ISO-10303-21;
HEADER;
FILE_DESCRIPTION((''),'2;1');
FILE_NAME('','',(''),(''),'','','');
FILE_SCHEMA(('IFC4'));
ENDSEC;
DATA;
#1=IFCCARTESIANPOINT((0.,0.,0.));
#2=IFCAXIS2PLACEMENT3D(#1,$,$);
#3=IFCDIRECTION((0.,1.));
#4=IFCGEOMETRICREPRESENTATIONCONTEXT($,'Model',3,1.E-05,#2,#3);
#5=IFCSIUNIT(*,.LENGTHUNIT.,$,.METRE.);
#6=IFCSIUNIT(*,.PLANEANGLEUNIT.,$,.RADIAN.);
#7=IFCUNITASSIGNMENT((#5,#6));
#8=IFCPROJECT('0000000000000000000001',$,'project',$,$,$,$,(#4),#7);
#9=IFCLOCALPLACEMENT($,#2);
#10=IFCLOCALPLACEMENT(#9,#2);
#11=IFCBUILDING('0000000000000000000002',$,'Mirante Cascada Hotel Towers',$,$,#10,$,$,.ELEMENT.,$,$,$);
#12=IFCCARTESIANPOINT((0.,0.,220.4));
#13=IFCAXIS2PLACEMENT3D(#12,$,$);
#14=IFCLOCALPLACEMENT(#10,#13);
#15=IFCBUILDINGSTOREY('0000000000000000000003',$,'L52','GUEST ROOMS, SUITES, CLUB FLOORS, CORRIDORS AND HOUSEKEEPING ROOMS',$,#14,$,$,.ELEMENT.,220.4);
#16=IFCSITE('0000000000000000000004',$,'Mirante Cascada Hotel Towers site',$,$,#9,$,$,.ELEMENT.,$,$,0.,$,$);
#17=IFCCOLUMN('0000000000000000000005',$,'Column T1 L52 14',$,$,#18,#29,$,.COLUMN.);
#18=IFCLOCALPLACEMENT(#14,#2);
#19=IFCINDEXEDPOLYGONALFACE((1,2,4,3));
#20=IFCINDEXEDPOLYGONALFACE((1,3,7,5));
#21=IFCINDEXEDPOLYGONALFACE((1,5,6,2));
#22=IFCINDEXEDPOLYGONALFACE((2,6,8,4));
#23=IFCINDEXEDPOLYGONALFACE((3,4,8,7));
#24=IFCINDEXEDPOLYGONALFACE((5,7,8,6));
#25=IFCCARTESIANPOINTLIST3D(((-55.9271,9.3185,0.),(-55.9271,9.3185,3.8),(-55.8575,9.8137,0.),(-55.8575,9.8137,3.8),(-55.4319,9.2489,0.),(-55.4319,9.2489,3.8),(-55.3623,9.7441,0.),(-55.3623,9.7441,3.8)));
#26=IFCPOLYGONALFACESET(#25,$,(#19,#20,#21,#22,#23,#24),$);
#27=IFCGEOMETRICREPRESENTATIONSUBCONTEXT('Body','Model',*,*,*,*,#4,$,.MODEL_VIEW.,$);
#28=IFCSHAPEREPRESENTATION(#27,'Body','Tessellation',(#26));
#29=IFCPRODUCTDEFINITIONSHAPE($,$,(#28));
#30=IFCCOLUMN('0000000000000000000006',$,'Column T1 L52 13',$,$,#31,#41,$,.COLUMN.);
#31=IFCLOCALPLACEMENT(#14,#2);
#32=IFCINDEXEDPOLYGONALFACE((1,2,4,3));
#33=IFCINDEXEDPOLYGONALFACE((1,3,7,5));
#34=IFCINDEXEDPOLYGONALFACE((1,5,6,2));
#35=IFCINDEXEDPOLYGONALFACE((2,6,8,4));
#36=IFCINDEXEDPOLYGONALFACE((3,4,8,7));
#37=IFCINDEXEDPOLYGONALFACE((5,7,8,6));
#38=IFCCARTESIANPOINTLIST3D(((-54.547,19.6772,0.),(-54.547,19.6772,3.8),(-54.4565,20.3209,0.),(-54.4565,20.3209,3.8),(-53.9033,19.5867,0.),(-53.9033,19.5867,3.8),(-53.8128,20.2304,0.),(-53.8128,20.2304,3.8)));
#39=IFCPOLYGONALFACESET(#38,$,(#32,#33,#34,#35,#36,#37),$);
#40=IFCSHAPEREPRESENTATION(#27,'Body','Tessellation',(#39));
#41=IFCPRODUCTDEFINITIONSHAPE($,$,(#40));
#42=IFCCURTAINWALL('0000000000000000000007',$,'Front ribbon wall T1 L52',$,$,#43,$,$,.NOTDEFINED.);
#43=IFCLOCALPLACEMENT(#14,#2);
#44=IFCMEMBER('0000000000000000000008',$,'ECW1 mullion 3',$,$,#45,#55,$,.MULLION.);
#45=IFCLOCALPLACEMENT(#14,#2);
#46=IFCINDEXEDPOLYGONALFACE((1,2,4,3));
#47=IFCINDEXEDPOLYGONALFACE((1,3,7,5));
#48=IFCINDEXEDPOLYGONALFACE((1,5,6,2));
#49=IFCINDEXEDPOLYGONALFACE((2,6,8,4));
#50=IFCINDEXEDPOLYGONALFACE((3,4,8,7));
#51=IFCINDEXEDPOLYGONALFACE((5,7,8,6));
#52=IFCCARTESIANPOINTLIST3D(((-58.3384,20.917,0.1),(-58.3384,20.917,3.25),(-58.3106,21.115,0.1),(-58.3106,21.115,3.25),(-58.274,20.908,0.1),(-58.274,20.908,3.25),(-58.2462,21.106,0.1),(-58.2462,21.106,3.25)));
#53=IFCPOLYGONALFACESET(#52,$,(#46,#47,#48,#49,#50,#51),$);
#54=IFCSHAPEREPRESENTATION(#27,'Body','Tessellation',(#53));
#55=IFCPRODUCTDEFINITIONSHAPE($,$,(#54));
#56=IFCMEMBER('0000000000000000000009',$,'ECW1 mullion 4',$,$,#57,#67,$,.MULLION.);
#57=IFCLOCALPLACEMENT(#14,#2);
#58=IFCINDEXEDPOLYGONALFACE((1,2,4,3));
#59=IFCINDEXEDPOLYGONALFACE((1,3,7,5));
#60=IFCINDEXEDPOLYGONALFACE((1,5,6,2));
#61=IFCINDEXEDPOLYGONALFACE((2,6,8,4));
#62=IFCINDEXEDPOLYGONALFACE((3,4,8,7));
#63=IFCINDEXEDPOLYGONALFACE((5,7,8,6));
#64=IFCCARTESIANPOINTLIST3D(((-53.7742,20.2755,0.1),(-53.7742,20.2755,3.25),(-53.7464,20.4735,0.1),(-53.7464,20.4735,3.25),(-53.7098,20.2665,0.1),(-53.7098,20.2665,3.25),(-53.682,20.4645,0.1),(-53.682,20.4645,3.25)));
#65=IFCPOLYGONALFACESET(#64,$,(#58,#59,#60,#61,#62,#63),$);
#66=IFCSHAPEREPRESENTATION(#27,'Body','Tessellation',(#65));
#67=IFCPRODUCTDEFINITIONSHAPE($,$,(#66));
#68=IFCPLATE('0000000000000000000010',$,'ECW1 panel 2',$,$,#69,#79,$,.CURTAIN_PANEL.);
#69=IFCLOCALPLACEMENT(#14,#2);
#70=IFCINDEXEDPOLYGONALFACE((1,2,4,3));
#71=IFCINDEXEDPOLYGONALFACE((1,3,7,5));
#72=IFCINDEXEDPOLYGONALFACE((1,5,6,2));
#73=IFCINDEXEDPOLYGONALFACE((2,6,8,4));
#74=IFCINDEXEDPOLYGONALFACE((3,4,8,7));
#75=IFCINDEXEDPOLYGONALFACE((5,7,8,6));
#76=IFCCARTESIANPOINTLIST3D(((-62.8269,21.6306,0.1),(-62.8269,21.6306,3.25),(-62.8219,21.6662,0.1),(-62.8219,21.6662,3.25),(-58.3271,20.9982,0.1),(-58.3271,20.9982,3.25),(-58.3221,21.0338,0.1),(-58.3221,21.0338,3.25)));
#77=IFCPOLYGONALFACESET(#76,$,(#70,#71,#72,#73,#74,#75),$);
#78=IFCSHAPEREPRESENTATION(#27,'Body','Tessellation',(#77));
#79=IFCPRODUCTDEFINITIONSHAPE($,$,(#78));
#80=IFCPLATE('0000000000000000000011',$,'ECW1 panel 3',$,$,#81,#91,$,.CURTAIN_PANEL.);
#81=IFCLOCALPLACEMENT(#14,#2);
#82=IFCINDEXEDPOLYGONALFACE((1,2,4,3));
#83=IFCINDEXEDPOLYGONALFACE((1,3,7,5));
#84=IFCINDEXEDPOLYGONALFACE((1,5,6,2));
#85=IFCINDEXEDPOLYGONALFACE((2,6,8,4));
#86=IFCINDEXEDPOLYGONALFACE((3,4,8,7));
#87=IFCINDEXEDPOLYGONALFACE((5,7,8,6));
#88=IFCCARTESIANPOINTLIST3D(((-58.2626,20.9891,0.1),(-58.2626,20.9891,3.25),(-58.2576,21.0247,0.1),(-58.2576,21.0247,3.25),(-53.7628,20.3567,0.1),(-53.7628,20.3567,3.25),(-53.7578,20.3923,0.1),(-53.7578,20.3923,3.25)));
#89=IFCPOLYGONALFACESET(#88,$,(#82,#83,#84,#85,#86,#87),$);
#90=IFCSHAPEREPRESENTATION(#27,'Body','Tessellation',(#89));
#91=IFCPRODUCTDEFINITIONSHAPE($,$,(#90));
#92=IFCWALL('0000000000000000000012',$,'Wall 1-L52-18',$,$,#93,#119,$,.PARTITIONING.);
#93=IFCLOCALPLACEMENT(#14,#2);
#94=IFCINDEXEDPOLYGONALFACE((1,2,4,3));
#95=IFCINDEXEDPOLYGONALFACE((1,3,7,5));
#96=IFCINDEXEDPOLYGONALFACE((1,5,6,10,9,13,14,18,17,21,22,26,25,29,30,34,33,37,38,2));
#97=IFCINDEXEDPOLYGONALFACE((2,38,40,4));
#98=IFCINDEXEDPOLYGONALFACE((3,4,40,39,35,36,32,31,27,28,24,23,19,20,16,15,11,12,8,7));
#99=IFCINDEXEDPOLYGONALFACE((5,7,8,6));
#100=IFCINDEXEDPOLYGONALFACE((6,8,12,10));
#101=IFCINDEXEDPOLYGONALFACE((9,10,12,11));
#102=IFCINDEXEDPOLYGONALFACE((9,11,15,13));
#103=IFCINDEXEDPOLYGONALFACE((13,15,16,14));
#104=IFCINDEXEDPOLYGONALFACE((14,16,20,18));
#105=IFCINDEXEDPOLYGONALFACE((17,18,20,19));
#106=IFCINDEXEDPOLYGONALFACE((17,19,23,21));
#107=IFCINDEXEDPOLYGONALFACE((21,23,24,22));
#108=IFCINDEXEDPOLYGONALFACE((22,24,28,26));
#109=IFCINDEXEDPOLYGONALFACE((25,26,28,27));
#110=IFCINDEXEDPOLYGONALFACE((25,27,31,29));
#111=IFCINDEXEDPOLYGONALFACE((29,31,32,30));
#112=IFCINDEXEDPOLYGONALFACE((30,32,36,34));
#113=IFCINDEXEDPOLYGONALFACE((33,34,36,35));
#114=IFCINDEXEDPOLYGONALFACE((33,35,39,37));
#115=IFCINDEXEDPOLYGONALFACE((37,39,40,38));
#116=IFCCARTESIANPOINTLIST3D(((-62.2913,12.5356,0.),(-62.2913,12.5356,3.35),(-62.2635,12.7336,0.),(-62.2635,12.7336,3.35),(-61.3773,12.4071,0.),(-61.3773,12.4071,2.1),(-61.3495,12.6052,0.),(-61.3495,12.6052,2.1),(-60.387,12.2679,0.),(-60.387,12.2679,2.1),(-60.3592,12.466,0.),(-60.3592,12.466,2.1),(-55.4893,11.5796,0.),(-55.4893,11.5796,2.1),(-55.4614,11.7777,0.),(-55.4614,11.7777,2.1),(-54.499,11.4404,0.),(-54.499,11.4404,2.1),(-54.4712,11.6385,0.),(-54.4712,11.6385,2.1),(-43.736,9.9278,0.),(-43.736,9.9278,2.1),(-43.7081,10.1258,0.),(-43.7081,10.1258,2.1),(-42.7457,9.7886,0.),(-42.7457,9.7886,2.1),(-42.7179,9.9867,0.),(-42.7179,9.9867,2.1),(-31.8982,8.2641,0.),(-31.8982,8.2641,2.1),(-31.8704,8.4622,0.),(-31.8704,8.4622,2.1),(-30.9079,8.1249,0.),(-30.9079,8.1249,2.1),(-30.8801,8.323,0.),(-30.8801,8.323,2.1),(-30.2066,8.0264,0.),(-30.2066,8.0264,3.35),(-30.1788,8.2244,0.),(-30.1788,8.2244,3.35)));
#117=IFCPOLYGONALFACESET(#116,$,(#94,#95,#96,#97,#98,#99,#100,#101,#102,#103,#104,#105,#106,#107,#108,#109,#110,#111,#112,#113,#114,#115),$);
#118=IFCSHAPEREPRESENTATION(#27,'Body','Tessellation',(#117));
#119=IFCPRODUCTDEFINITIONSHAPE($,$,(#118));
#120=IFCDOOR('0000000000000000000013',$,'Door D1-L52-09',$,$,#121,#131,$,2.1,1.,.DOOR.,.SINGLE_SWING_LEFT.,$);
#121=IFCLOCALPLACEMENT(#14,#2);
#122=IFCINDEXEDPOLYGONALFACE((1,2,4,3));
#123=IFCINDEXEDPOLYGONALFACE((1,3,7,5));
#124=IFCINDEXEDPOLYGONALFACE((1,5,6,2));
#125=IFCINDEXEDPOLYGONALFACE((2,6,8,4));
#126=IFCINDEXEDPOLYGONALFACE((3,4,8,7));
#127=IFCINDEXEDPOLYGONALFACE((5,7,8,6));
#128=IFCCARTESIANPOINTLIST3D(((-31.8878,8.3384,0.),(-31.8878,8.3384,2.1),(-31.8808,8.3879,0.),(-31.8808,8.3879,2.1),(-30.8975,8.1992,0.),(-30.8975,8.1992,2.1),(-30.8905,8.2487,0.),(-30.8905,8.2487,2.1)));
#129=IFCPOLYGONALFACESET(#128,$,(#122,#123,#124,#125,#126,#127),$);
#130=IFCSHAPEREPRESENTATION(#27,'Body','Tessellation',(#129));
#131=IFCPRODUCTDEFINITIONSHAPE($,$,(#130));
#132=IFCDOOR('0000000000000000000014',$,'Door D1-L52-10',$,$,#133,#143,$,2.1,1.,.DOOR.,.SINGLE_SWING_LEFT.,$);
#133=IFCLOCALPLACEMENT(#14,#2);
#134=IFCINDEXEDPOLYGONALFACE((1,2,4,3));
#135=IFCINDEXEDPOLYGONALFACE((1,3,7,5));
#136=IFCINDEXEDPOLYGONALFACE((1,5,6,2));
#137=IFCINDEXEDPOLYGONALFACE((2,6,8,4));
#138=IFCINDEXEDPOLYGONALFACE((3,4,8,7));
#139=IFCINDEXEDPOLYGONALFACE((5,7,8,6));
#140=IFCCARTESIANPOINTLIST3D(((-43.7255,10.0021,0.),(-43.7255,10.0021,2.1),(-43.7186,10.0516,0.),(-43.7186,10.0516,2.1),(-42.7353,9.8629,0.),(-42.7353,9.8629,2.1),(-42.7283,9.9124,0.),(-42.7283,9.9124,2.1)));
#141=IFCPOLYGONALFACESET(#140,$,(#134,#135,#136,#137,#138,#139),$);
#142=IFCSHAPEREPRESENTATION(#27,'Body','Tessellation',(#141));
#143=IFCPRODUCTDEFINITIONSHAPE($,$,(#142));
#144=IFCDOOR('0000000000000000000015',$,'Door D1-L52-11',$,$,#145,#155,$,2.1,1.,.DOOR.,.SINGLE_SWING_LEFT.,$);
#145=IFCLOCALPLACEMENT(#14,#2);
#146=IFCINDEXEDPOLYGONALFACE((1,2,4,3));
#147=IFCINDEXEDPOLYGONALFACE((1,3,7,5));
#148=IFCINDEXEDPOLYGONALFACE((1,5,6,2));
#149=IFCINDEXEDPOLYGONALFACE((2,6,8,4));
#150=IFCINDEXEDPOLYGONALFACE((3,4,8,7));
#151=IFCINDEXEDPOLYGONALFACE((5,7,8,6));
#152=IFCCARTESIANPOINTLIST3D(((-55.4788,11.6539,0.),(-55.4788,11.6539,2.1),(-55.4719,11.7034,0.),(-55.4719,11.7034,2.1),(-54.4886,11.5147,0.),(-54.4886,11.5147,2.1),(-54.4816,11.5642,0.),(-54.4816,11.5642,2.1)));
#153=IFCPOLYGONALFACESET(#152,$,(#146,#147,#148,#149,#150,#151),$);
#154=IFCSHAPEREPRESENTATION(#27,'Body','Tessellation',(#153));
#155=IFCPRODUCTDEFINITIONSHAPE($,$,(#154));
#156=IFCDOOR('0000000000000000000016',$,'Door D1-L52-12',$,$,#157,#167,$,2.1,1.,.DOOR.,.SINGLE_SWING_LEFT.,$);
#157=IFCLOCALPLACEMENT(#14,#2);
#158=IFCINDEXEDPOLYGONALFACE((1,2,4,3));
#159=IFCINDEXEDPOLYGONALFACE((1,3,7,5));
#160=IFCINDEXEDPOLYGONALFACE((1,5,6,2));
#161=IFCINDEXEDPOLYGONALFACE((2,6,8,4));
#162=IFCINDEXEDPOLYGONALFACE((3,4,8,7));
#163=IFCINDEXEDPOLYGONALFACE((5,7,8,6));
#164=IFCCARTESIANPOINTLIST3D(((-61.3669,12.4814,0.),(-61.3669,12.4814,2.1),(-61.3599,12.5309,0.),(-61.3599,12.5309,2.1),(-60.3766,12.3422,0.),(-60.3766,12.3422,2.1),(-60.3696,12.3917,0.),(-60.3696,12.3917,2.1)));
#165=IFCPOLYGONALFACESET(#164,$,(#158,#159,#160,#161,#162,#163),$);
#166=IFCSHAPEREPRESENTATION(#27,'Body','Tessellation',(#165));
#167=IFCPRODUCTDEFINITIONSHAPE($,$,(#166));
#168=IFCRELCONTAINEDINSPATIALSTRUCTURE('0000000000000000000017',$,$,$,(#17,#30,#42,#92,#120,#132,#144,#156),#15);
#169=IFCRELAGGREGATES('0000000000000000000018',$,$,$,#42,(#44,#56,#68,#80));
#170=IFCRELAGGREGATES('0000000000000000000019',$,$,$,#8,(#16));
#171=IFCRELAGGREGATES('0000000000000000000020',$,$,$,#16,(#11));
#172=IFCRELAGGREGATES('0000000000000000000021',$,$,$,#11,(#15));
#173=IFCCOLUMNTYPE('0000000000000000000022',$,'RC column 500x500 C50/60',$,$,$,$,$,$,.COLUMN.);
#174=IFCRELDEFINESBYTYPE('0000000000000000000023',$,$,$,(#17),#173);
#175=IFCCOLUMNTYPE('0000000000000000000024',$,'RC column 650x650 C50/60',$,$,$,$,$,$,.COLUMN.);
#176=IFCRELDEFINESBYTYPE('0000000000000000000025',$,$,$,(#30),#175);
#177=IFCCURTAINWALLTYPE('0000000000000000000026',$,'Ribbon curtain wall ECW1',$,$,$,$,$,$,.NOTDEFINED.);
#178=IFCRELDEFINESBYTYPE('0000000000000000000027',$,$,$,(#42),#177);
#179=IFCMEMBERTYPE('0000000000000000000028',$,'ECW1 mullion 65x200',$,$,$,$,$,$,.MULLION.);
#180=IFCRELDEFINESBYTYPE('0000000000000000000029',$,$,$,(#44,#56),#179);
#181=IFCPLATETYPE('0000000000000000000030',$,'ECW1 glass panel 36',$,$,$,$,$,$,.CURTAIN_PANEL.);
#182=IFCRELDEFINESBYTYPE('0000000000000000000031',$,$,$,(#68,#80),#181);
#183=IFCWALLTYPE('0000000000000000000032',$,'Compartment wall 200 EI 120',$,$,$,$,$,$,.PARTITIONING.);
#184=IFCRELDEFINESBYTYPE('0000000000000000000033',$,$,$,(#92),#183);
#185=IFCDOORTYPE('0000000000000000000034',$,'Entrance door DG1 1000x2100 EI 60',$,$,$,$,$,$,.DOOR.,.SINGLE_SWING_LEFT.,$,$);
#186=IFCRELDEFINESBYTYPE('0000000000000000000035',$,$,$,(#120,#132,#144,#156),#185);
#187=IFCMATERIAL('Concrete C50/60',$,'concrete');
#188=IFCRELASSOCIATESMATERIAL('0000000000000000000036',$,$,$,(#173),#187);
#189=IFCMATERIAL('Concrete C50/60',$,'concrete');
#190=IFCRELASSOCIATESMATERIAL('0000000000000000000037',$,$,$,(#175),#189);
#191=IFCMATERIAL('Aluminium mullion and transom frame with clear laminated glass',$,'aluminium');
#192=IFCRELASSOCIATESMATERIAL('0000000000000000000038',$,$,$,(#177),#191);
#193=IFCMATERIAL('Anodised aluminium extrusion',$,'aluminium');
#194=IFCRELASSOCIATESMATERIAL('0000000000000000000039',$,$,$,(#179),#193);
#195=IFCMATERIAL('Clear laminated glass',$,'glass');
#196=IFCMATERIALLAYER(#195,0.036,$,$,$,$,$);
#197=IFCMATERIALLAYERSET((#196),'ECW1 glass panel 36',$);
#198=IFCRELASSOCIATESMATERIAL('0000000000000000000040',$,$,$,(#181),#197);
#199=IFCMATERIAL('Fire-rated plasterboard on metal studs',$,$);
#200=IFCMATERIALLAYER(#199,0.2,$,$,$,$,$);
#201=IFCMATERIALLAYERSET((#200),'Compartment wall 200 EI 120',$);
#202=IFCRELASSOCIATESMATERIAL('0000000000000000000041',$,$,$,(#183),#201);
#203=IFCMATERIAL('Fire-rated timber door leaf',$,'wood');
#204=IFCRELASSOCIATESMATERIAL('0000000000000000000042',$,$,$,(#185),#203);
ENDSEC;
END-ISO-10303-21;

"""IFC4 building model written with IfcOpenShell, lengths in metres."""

from ifc_helpers import new_model, si_unit, direction, frame, frame_2d, origin, origin_2d, place, context, subcontext, project, spatial, rectangle, extrude, material, layer, layer_set, material_profile, profile_set, type_object, element, fill, aggregate, save


model = new_model("IFC4")

# Units and contexts
model_context = context("Model", 3, precision=1e-05, world=origin(), true_north=direction((0.0, 1.0)))
body_context = subcontext(model_context, "Body", "Model", "MODEL_VIEW")
ifc_project = project(units=[si_unit("LENGTHUNIT", "METRE"), si_unit("PLANEANGLEUNIT", "RADIAN")], contexts=[model_context])

# Site, building, storey
site_placement = place(None, origin())
site = spatial("IfcSite", under=ifc_project, at=site_placement, Name="Mirante Cascada Hotel Towers site", CompositionType="ELEMENT", RefElevation=0.0)
building_placement = place(site_placement, origin())
building = spatial("IfcBuilding", under=site, at=building_placement, Name="Mirante Cascada Hotel Towers", CompositionType="ELEMENT")
storey_placement = place(building_placement, frame((0.0, 0.0, 220.4)))
storey = spatial("IfcBuildingStorey", under=building, at=storey_placement, Name="L52", Description="GUEST ROOMS, SUITES, CLUB FLOORS, CORRIDORS AND HOUSEKEEPING ROOMS", CompositionType="ELEMENT", Elevation=220.4)

# Columns
ifc_material_1 = material(Name="Concrete C50/60", Category="concrete")
ifc_material_profile_1 = material_profile(ifc_material_1, rectangle(XDim=0.5, YDim=0.5, at=origin_2d()), Name="RC column 500x500 C50/60")
ifc_profile_set_1 = profile_set([ifc_material_profile_1], Name="Concrete C50/60")
column_type_1 = type_object("IfcColumnType", Name="RC column 500x500 C50/60", PredefinedType="COLUMN", material=ifc_profile_set_1)
column_1_placement = place(storey_placement, frame((-55.6447, 9.5313, 0.0), z_axis=(0.0, 0.0, 1.0), x_axis=(-0.990268, 0.139173, 0.0)))
element("IfcColumn", 1, at=column_1_placement, inside=storey, type_object=column_type_1, Name="Column T1 L52 14", PredefinedType="COLUMN", context=body_context, shape_type="SweptSolid", body=[
    extrude(rectangle(XDim=0.5, YDim=0.5, at=origin_2d()), origin(), (0.0, 0.0, 1.0), 3.8),
])
ifc_material_2 = material(Name="Concrete C50/60", Category="concrete")
ifc_material_profile_2 = material_profile(ifc_material_2, rectangle(XDim=0.65, YDim=0.65, at=origin_2d()), Name="RC column 650x650 C50/60")
ifc_profile_set_2 = profile_set([ifc_material_profile_2], Name="Concrete C50/60")
column_type_2 = type_object("IfcColumnType", Name="RC column 650x650 C50/60", PredefinedType="COLUMN", material=ifc_profile_set_2)
column_2_placement = place(storey_placement, frame((-54.1799, 19.9538, 0.0), z_axis=(0.0, 0.0, 1.0), x_axis=(-0.990268, 0.139173, 0.0)))
element("IfcColumn", 2, at=column_2_placement, inside=storey, type_object=column_type_2, Name="Column T1 L52 13", PredefinedType="COLUMN", context=body_context, shape_type="SweptSolid", body=[
    extrude(rectangle(XDim=0.65, YDim=0.65, at=origin_2d()), origin(), (0.0, 0.0, 1.0), 3.8),
])

# Curtain wall, members, plates
ifc_material_3 = material(Name="Aluminium mullion and transom frame with clear laminated glass", Category="aluminium")
curtain_wall_type = type_object("IfcCurtainWallType", Name="Ribbon curtain wall ECW1", PredefinedType="NOTDEFINED", material=ifc_material_3)
curtain_wall_placement = place(storey_placement, origin())
curtain_wall = element("IfcCurtainWall", 3, at=curtain_wall_placement, inside=storey, type_object=curtain_wall_type, Name="Front ribbon wall T1 L52", PredefinedType="NOTDEFINED")
ifc_material_4 = material(Name="Anodised aluminium extrusion", Category="aluminium")
ifc_material_profile_3 = material_profile(ifc_material_4, rectangle(XDim=0.2, YDim=0.065, at=origin_2d()), Name="ECW1 MULLION 65x200")
ifc_profile_set_3 = profile_set([ifc_material_profile_3], Name="Anodised aluminium extrusion")
member_type = type_object("IfcMemberType", Name="ECW1 mullion 65x200", PredefinedType="MULLION", material=ifc_profile_set_3)
member_1_placement = place(storey_placement, frame((-58.2923, 21.0115, 0.1), z_axis=(0.0, 0.0, 1.0), x_axis=(0.139173, 0.990268, 0.0)))
member_1 = element("IfcMember", 4, at=member_1_placement, type_object=member_type, Name="ECW1 mullion 3", PredefinedType="MULLION", context=body_context, shape_type="SweptSolid", body=[
    extrude(rectangle(XDim=0.2, YDim=0.065, at=origin_2d()), origin(), (0.0, 0.0, 1.0), 3.15),
])
member_2_placement = place(storey_placement, frame((-53.7281, 20.37, 0.1), z_axis=(0.0, 0.0, 1.0), x_axis=(0.139173, 0.990268, 0.0)))
member_2 = element("IfcMember", 5, at=member_2_placement, type_object=member_type, Name="ECW1 mullion 4", PredefinedType="MULLION", context=body_context, shape_type="SweptSolid", body=[
    extrude(rectangle(XDim=0.2, YDim=0.065, at=origin_2d()), origin(), (0.0, 0.0, 1.0), 3.15),
])
ifc_material_5 = material(Name="Clear laminated glass", Category="glass")
ifc_layer_1 = layer(ifc_material_5, 0.036)
ifc_layer_set_1 = layer_set([ifc_layer_1], Name="ECW1 glass panel 36")
plate_type = type_object("IfcPlateType", Name="ECW1 glass panel 36", PredefinedType="CURTAIN_PANEL", material=ifc_layer_set_1)
plate_1_placement = place(storey_placement, frame((-60.5745, 21.3322, 0.1), z_axis=(0.0, 0.0, 1.0), x_axis=(0.990268, -0.139173, 0.0)))
plate_1 = element("IfcPlate", 6, at=plate_1_placement, type_object=plate_type, Name="ECW1 panel 2", PredefinedType="CURTAIN_PANEL", context=body_context, shape_type="SweptSolid", body=[
    extrude(rectangle(XDim=4.5441, YDim=0.036, at=origin_2d()), origin(), (0.0, 0.0, 1.0), 3.15),
])
plate_2_placement = place(storey_placement, frame((-56.0102, 20.6907, 0.1), z_axis=(0.0, 0.0, 1.0), x_axis=(0.990268, -0.139173, 0.0)))
plate_2 = element("IfcPlate", 7, at=plate_2_placement, type_object=plate_type, Name="ECW1 panel 3", PredefinedType="CURTAIN_PANEL", context=body_context, shape_type="SweptSolid", body=[
    extrude(rectangle(XDim=4.5441, YDim=0.036, at=origin_2d()), origin(), (0.0, 0.0, 1.0), 3.15),
])
aggregate(curtain_wall, [member_1, member_2, plate_1, plate_2])

# Wall, openings, doors
ifc_material_6 = material(Name="Fire-rated plasterboard on metal studs")
ifc_layer_2 = layer(ifc_material_6, 0.2)
ifc_layer_set_2 = layer_set([ifc_layer_2], Name="Compartment wall 200 EI 120")
wall_type_1 = type_object("IfcWallType", Name="Compartment wall 200 EI 120", PredefinedType="PARTITIONING", material=ifc_layer_set_2)
wall_1_placement = place(storey_placement, frame((-62.2774, 12.6346, 0.0), z_axis=(0.0, 0.0, 1.0), x_axis=(0.990268, -0.139173, 0.0)))
wall_1 = element("IfcWall", 8, at=wall_1_placement, inside=storey, type_object=wall_type_1, Name="Wall 1-L52-18", PredefinedType="PARTITIONING", context=body_context, shape_type="SweptSolid", body=[
    extrude(rectangle(XDim=32.4, YDim=0.2, at=frame_2d((16.2, 0.0))), origin(), (0.0, 0.0, 1.0), 3.35),
])
opening_1_placement = place(wall_1_placement, frame((30.6918, 0.0, 0.0)))
opening_1 = element("IfcOpeningElement", 9, at=opening_1_placement, cuts=wall_1, PredefinedType="OPENING", context=body_context, shape_type="SweptSolid", body=[
    extrude(rectangle(XDim=1.0, YDim=2.1, at=frame_2d((0.5, 1.05))), frame((0.0, 0.1, 0.0), z_axis=(0.0, -1.0, 0.0), x_axis=(1.0, 0.0, 0.0)), (0.0, 0.0, 1.0), 0.2),
])
opening_2_placement = place(wall_1_placement, frame((18.7377, 0.0, 0.0)))
opening_2 = element("IfcOpeningElement", 10, at=opening_2_placement, cuts=wall_1, PredefinedType="OPENING", context=body_context, shape_type="SweptSolid", body=[
    extrude(rectangle(XDim=1.0, YDim=2.1, at=frame_2d((0.5, 1.05))), frame((0.0, 0.1, 0.0), z_axis=(0.0, -1.0, 0.0), x_axis=(1.0, 0.0, 0.0)), (0.0, 0.0, 1.0), 0.2),
])
opening_3_placement = place(wall_1_placement, frame((6.8689, 0.0, 0.0)))
opening_3 = element("IfcOpeningElement", 11, at=opening_3_placement, cuts=wall_1, PredefinedType="OPENING", context=body_context, shape_type="SweptSolid", body=[
    extrude(rectangle(XDim=1.0, YDim=2.1, at=frame_2d((0.5, 1.05))), frame((0.0, 0.1, 0.0), z_axis=(0.0, -1.0, 0.0), x_axis=(1.0, 0.0, 0.0)), (0.0, 0.0, 1.0), 0.2),
])
opening_4_placement = place(wall_1_placement, frame((0.923, 0.0, 0.0)))
opening_4 = element("IfcOpeningElement", 12, at=opening_4_placement, cuts=wall_1, PredefinedType="OPENING", context=body_context, shape_type="SweptSolid", body=[
    extrude(rectangle(XDim=1.0, YDim=2.1, at=frame_2d((0.5, 1.05))), frame((0.0, 0.1, 0.0), z_axis=(0.0, -1.0, 0.0), x_axis=(1.0, 0.0, 0.0)), (0.0, 0.0, 1.0), 0.2),
])
ifc_material_7 = material(Name="Fire-rated timber door leaf", Category="wood")
door_type_1 = type_object("IfcDoorType", Name="Entrance door DG1 1000x2100 EI 60", OperationType="SINGLE_SWING_LEFT", PredefinedType="DOOR", material=ifc_material_7)
door_1_placement = place(opening_1_placement, origin())
door_1 = element("IfcDoor", 13, at=door_1_placement, inside=storey, type_object=door_type_1, Name="Door D1-L52-09", OperationType="SINGLE_SWING_LEFT", OverallHeight=2.1, OverallWidth=1.0, PredefinedType="DOOR", context=body_context, shape_type="SweptSolid", body=[
    extrude(rectangle(XDim=1.0, YDim=2.1, at=frame_2d((0.5, 1.05))), frame((0.0, 0.025, 0.0), z_axis=(0.0, -1.0, 0.0), x_axis=(1.0, 0.0, 0.0)), (0.0, 0.0, 1.0), 0.05),
])
fill(opening_1, door_1)
door_2_placement = place(opening_2_placement, origin())
door_2 = element("IfcDoor", 14, at=door_2_placement, inside=storey, type_object=door_type_1, Name="Door D1-L52-10", OperationType="SINGLE_SWING_LEFT", OverallHeight=2.1, OverallWidth=1.0, PredefinedType="DOOR", context=body_context, shape_type="SweptSolid", body=[
    extrude(rectangle(XDim=1.0, YDim=2.1, at=frame_2d((0.5, 1.05))), frame((0.0, 0.025, 0.0), z_axis=(0.0, -1.0, 0.0), x_axis=(1.0, 0.0, 0.0)), (0.0, 0.0, 1.0), 0.05),
])
fill(opening_2, door_2)
door_3_placement = place(opening_3_placement, origin())
door_3 = element("IfcDoor", 15, at=door_3_placement, inside=storey, type_object=door_type_1, Name="Door D1-L52-11", OperationType="SINGLE_SWING_LEFT", OverallHeight=2.1, OverallWidth=1.0, PredefinedType="DOOR", context=body_context, shape_type="SweptSolid", body=[
    extrude(rectangle(XDim=1.0, YDim=2.1, at=frame_2d((0.5, 1.05))), frame((0.0, 0.025, 0.0), z_axis=(0.0, -1.0, 0.0), x_axis=(1.0, 0.0, 0.0)), (0.0, 0.0, 1.0), 0.05),
])
fill(opening_3, door_3)
door_4_placement = place(opening_4_placement, origin())
door_4 = element("IfcDoor", 16, at=door_4_placement, inside=storey, type_object=door_type_1, Name="Door D1-L52-12", OperationType="SINGLE_SWING_LEFT", OverallHeight=2.1, OverallWidth=1.0, PredefinedType="DOOR", context=body_context, shape_type="SweptSolid", body=[
    extrude(rectangle(XDim=1.0, YDim=2.1, at=frame_2d((0.5, 1.05))), frame((0.0, 0.025, 0.0), z_axis=(0.0, -1.0, 0.0), x_axis=(1.0, 0.0, 0.0)), (0.0, 0.0, 1.0), 0.05),
])
fill(opening_4, door_4)

save(model, "model.ifc")
